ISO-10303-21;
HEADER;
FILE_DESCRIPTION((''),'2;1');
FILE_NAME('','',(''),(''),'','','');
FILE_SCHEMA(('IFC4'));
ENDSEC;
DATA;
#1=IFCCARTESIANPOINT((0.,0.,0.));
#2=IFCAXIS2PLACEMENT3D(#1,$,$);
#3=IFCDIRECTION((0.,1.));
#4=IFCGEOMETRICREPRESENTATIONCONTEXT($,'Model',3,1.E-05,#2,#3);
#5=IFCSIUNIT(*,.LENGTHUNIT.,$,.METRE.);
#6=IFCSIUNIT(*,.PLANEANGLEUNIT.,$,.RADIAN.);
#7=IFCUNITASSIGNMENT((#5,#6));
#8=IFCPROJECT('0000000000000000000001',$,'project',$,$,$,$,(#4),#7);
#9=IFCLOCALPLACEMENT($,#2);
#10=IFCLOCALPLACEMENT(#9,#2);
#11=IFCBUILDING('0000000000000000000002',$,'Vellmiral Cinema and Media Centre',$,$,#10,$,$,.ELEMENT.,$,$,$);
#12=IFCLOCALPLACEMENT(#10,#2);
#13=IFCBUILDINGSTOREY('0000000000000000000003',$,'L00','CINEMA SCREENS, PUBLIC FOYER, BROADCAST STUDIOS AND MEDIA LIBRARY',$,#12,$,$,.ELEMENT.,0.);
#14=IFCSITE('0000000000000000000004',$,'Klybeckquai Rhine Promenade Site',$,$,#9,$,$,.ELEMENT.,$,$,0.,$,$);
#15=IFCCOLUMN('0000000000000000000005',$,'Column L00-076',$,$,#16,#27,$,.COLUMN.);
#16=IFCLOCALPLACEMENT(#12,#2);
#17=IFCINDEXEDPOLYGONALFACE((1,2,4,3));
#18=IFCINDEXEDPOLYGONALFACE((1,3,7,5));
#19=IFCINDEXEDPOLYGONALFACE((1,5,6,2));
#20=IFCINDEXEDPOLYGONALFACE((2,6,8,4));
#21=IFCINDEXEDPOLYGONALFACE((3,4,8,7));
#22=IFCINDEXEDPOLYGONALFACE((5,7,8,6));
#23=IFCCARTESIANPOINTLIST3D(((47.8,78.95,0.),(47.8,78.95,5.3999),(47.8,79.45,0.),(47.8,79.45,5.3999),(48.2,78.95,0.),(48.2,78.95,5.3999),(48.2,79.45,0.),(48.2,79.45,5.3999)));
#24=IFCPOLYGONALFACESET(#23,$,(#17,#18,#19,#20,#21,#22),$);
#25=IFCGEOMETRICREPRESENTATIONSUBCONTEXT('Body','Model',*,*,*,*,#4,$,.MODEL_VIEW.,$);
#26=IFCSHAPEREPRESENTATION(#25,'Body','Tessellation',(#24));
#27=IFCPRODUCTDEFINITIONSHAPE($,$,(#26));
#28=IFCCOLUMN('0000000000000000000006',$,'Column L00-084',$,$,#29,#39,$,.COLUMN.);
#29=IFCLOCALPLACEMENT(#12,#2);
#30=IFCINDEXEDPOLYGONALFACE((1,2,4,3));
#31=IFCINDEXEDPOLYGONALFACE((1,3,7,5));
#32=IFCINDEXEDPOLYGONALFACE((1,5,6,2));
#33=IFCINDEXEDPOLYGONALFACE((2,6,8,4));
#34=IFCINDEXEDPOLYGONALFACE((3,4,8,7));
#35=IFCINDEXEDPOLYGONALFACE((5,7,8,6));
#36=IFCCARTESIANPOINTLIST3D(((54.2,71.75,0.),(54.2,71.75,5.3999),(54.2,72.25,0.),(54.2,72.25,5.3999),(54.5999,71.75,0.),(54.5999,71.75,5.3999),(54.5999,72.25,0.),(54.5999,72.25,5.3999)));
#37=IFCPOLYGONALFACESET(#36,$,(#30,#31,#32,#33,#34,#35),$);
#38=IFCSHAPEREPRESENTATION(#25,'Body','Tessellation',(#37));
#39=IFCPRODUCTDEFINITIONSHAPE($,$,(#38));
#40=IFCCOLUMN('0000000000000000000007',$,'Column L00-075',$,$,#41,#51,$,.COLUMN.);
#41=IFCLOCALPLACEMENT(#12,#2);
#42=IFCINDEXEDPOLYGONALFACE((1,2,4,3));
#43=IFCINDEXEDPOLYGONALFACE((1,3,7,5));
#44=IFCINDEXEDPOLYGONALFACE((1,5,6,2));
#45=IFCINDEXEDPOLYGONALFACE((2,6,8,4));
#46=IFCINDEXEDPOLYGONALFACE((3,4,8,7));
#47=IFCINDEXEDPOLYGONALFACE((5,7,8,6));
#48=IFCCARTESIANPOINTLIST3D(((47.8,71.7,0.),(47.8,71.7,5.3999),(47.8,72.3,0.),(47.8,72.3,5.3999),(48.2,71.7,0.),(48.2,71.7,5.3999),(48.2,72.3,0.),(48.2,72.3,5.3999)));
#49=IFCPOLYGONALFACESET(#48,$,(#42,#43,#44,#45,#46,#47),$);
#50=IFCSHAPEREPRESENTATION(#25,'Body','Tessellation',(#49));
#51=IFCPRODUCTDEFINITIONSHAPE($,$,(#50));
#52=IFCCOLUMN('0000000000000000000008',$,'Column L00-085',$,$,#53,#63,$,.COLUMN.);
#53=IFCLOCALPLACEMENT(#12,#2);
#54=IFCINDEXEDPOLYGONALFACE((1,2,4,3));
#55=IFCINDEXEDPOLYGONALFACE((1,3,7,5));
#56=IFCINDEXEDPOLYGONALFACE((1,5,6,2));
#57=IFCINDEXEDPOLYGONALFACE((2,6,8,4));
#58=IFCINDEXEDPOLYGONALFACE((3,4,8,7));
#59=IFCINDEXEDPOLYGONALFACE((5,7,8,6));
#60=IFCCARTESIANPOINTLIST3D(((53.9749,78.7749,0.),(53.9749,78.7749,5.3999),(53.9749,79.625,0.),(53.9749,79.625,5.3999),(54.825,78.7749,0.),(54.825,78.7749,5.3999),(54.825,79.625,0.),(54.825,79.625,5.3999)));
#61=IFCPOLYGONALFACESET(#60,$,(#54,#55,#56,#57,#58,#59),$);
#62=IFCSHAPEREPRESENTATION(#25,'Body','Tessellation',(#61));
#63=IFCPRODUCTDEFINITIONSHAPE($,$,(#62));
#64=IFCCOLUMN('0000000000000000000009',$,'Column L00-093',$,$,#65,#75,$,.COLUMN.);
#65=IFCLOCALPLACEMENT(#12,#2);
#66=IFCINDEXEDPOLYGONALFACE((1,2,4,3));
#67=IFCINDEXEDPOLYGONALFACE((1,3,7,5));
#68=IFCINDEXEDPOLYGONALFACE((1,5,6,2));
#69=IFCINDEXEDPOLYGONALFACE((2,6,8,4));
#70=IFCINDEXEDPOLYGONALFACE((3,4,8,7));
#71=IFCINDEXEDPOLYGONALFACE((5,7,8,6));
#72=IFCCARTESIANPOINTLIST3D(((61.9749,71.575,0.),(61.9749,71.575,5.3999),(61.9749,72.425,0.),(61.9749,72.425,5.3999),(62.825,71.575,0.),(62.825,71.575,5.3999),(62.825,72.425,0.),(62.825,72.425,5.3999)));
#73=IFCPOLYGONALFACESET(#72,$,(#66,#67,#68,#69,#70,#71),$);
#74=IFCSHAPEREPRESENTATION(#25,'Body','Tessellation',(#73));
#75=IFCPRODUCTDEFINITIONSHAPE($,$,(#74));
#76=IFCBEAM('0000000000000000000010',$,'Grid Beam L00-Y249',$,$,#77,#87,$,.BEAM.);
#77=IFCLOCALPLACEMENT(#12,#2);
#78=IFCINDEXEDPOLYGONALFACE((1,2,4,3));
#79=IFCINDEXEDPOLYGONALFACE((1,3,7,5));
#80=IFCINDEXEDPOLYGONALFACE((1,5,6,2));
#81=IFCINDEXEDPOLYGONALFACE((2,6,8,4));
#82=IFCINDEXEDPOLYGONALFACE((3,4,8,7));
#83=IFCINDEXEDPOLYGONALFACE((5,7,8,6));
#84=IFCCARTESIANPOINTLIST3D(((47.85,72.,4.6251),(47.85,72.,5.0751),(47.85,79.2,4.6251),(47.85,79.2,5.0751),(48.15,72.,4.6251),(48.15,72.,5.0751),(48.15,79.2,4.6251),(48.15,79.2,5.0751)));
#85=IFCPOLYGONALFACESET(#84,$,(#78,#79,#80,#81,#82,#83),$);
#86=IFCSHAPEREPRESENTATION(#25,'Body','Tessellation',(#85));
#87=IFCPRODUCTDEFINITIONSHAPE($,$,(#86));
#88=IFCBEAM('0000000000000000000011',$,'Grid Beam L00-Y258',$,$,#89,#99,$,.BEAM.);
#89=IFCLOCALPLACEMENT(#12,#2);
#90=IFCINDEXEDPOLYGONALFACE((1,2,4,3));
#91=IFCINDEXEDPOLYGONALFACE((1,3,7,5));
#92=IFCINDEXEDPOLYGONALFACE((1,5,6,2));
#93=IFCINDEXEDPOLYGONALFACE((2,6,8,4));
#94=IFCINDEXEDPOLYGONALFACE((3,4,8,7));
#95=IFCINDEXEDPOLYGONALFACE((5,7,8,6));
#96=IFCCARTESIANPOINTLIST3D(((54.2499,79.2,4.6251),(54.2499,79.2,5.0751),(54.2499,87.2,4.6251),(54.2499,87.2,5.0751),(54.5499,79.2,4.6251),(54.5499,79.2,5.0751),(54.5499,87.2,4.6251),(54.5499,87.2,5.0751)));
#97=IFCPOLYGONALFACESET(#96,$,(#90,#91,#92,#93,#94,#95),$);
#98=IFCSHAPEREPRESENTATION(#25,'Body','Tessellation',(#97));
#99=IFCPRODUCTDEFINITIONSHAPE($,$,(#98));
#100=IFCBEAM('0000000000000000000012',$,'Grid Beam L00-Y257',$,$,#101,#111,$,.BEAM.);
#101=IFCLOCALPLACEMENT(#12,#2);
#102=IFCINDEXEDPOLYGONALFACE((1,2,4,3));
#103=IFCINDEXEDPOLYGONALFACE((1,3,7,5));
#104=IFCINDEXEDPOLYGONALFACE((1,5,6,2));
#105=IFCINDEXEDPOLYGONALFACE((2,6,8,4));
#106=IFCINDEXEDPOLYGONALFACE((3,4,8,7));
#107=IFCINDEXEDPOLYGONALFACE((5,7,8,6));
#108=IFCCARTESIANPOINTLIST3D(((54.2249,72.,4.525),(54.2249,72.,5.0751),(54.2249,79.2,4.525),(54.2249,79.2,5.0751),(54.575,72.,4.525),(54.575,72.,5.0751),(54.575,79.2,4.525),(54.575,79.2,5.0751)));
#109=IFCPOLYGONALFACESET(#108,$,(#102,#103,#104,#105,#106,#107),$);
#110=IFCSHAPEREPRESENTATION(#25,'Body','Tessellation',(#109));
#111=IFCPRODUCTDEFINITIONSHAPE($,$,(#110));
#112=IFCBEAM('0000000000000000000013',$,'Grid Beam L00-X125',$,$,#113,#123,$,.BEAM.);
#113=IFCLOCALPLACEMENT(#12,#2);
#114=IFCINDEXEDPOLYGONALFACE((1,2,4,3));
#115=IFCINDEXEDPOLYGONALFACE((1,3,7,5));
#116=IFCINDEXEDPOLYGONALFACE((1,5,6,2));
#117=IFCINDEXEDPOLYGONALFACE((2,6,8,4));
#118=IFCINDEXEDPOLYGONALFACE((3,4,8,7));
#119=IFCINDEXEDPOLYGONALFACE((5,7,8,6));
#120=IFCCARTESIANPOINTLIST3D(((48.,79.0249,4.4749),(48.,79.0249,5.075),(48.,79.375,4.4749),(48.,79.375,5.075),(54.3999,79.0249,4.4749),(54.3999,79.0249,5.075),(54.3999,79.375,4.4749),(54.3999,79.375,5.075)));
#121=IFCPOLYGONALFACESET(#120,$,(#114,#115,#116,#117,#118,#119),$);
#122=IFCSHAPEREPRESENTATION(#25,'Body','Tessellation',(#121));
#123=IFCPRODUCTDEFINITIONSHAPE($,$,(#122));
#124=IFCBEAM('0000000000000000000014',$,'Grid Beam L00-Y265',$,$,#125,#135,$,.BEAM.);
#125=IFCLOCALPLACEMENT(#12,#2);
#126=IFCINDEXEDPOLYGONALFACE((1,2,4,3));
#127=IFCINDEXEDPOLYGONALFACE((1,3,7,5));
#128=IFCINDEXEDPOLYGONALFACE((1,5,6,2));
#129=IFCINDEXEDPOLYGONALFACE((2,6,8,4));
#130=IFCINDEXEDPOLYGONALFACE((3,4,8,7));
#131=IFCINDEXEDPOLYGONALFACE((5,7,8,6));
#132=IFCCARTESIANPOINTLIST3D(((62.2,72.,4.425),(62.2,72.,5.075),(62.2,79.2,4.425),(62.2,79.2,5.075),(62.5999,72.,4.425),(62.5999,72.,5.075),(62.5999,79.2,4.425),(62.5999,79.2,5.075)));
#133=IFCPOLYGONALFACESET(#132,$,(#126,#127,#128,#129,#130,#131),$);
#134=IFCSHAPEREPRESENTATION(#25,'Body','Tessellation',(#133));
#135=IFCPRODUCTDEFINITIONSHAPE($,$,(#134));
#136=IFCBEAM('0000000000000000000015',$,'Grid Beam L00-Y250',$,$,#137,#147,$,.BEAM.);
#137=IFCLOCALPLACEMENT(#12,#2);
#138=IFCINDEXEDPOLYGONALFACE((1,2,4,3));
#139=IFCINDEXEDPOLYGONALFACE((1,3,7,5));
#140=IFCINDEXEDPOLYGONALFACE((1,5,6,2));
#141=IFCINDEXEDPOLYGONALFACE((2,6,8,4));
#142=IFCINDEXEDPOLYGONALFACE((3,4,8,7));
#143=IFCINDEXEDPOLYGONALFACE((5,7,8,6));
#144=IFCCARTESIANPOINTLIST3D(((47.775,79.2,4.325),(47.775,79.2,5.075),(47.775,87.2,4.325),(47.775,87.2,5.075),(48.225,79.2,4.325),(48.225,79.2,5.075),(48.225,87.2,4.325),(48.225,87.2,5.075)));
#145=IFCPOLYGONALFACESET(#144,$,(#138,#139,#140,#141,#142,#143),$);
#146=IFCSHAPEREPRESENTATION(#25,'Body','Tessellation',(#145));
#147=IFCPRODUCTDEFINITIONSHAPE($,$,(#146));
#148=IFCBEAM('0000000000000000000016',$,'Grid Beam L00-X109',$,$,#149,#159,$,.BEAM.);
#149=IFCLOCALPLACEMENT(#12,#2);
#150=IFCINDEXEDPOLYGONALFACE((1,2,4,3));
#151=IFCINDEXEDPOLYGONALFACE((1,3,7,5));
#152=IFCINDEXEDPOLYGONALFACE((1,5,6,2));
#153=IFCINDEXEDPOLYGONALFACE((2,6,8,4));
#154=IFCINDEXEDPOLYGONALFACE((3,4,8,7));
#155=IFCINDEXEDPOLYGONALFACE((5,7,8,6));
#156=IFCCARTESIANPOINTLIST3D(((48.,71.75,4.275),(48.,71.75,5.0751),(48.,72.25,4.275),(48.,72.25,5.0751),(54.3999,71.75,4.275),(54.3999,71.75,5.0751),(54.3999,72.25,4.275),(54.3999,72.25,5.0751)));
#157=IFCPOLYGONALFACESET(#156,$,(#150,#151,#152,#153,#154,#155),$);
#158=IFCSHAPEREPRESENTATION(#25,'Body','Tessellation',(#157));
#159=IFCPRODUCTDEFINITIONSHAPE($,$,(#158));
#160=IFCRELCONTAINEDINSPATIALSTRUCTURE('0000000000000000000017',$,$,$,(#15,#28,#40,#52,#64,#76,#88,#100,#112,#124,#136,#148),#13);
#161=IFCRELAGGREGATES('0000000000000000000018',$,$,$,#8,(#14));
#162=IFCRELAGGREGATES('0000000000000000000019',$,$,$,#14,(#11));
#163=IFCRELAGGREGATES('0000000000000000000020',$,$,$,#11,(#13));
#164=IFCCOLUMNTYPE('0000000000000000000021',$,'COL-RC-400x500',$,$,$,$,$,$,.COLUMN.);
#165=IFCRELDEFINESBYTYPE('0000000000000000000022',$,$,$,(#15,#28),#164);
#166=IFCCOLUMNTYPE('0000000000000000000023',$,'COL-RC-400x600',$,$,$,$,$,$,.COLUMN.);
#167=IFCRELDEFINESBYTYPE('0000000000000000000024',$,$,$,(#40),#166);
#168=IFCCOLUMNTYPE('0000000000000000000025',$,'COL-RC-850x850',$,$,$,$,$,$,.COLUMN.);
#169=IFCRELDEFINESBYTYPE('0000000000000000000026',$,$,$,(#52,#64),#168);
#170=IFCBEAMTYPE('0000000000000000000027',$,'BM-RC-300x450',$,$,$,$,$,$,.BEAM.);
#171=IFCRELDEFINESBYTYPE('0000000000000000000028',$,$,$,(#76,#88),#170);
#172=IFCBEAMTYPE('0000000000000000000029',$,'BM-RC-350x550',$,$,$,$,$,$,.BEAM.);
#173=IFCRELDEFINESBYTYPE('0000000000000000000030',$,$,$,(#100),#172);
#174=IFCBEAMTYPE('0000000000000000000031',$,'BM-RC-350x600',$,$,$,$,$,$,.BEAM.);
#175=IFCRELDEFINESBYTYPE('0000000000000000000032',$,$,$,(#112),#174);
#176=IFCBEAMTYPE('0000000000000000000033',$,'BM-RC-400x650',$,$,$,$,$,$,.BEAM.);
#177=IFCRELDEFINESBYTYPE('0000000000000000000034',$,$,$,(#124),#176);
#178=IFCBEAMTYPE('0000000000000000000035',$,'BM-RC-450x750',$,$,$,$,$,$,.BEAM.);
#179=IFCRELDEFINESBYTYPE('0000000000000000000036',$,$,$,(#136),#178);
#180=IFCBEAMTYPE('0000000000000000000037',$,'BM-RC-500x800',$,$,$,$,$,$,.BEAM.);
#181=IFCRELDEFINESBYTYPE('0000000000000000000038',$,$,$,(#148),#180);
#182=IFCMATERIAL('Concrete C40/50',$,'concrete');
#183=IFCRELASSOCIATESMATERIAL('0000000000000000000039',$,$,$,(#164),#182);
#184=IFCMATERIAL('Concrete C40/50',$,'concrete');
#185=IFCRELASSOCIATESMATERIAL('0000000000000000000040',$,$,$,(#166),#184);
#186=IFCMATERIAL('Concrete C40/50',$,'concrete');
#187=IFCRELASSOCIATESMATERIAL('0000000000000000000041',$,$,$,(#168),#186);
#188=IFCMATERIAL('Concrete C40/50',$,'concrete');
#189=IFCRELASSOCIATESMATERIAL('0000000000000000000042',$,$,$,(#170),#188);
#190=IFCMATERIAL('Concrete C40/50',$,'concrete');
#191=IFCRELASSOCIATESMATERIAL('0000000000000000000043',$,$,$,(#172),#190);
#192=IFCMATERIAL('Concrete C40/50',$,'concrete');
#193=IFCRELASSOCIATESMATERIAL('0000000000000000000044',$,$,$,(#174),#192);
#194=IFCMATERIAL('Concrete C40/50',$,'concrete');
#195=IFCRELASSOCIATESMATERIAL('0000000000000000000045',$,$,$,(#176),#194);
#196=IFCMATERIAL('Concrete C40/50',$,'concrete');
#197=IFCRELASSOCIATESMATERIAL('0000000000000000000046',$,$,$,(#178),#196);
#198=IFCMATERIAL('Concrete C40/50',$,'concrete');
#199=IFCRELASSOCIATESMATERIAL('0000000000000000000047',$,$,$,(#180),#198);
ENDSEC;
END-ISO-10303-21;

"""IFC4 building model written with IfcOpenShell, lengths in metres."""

from ifc_helpers import new_model, si_unit, direction, frame, origin, origin_2d, place, context, subcontext, project, spatial, rectangle, extrude, material, material_profile, profile_set, type_object, element, save


model = new_model("IFC4")

# Units and contexts
model_context = context("Model", 3, precision=1e-05, world=origin(), true_north=direction((0.0, 1.0)))
body_context = subcontext(model_context, "Body", "Model", "MODEL_VIEW")
ifc_project = project(units=[si_unit("LENGTHUNIT", "METRE"), si_unit("PLANEANGLEUNIT", "RADIAN")], contexts=[model_context])

# Site, building, storey
site_placement = place(None, origin())
site = spatial("IfcSite", under=ifc_project, at=site_placement, Name="Klybeckquai Rhine Promenade Site", CompositionType="ELEMENT", RefElevation=0.0)
building_placement = place(site_placement, origin())
building = spatial("IfcBuilding", under=site, at=building_placement, Name="Vellmiral Cinema and Media Centre", CompositionType="ELEMENT")
storey_placement = place(building_placement, origin())
storey = spatial("IfcBuildingStorey", under=building, at=storey_placement, Name="L00", Description="CINEMA SCREENS, PUBLIC FOYER, BROADCAST STUDIOS AND MEDIA LIBRARY", CompositionType="ELEMENT", Elevation=0.0)

# Columns
ifc_material_1 = material(Name="Concrete C40/50", Category="concrete")
ifc_material_profile_1 = material_profile(ifc_material_1, rectangle(XDim=0.3999, YDim=0.5, at=origin_2d()), Name="RC 400x500")
ifc_profile_set_1 = profile_set([ifc_material_profile_1], Name="Concrete C40/50")
column_type_1 = type_object("IfcColumnType", Name="COL-RC-400x500", PredefinedType="COLUMN", material=ifc_profile_set_1)
for number, where, z_axis, x_axis, name in (
    (1, (48.0, 79.2, 0.0), (0.0, 0.0, 1.0), (1.0, 0.0, 0.0), "Column L00-076"),
    (2, (54.3999, 72.0, 0.0), (0.0, 0.0, 1.0), (1.0, 0.0, 0.0), "Column L00-084"),
):
    element("IfcColumn", number, at=place(storey_placement, frame(where, z_axis=z_axis, x_axis=x_axis)), inside=storey, type_object=column_type_1, Name=name, PredefinedType="COLUMN", context=body_context, shape_type="SweptSolid", body=[
        extrude(rectangle(XDim=0.3999, YDim=0.5, at=origin_2d()), origin(), (0.0, 0.0, 1.0), 5.3999),
    ])
ifc_material_2 = material(Name="Concrete C40/50", Category="concrete")
ifc_material_profile_2 = material_profile(ifc_material_2, rectangle(XDim=0.3999, YDim=0.6001, at=origin_2d()), Name="RC 400x600")
ifc_profile_set_2 = profile_set([ifc_material_profile_2], Name="Concrete C40/50")
column_type_2 = type_object("IfcColumnType", Name="COL-RC-400x600", PredefinedType="COLUMN", material=ifc_profile_set_2)
column_placement = place(storey_placement, frame((48.0, 72.0, 0.0), z_axis=(0.0, 0.0, 1.0), x_axis=(1.0, 0.0, 0.0)))
element("IfcColumn", 3, at=column_placement, inside=storey, type_object=column_type_2, Name="Column L00-075", PredefinedType="COLUMN", context=body_context, shape_type="SweptSolid", body=[
    extrude(rectangle(XDim=0.3999, YDim=0.6001, at=origin_2d()), origin(), (0.0, 0.0, 1.0), 5.3999),
])
ifc_material_3 = material(Name="Concrete C40/50", Category="concrete")
ifc_material_profile_3 = material_profile(ifc_material_3, rectangle(XDim=0.8501, YDim=0.8501, at=origin_2d()), Name="RC 850x850")
ifc_profile_set_3 = profile_set([ifc_material_profile_3], Name="Concrete C40/50")
column_type_3 = type_object("IfcColumnType", Name="COL-RC-850x850", PredefinedType="COLUMN", material=ifc_profile_set_3)
for number, where, z_axis, x_axis, name in (
    (4, (54.3999, 79.2, 0.0), (0.0, 0.0, 1.0), (1.0, 0.0, 0.0), "Column L00-085"),
    (5, (62.3999, 72.0, 0.0), (0.0, 0.0, 1.0), (1.0, 0.0, 0.0), "Column L00-093"),
):
    element("IfcColumn", number, at=place(storey_placement, frame(where, z_axis=z_axis, x_axis=x_axis)), inside=storey, type_object=column_type_3, Name=name, PredefinedType="COLUMN", context=body_context, shape_type="SweptSolid", body=[
        extrude(rectangle(XDim=0.8501, YDim=0.8501, at=origin_2d()), origin(), (0.0, 0.0, 1.0), 5.3999),
    ])

# Beams
ifc_material_4 = material(Name="Concrete C40/50", Category="concrete")
ifc_material_profile_4 = material_profile(ifc_material_4, rectangle(XDim=0.3, YDim=0.45, at=origin_2d()), Name="RC 300x450")
ifc_profile_set_4 = profile_set([ifc_material_profile_4], Name="Concrete C40/50")
beam_type_1 = type_object("IfcBeamType", Name="BM-RC-300x450", PredefinedType="BEAM", material=ifc_profile_set_4)
beam_1_placement = place(storey_placement, frame((48.0, 72.0, 4.8501), z_axis=(0.0, 1.0, 0.0), x_axis=(-1.0, 0.0, 0.0)))
element("IfcBeam", 6, at=beam_1_placement, inside=storey, type_object=beam_type_1, Name="Grid Beam L00-Y249", PredefinedType="BEAM", context=body_context, shape_type="SweptSolid", body=[
    extrude(rectangle(XDim=0.3, YDim=0.45, at=origin_2d()), origin(), (0.0, 0.0, 1.0), 7.2),
])
beam_2_placement = place(storey_placement, frame((54.3999, 79.2, 4.8501), z_axis=(0.0, 1.0, 0.0), x_axis=(-1.0, 0.0, 0.0)))
element("IfcBeam", 7, at=beam_2_placement, inside=storey, type_object=beam_type_1, Name="Grid Beam L00-Y258", PredefinedType="BEAM", context=body_context, shape_type="SweptSolid", body=[
    extrude(rectangle(XDim=0.3, YDim=0.45, at=origin_2d()), origin(), (0.0, 0.0, 1.0), 8.0),
])
ifc_material_5 = material(Name="Concrete C40/50", Category="concrete")
ifc_material_profile_5 = material_profile(ifc_material_5, rectangle(XDim=0.3501, YDim=0.55, at=origin_2d()), Name="RC 350x550")
ifc_profile_set_5 = profile_set([ifc_material_profile_5], Name="Concrete C40/50")
beam_type_2 = type_object("IfcBeamType", Name="BM-RC-350x550", PredefinedType="BEAM", material=ifc_profile_set_5)
beam_3_placement = place(storey_placement, frame((54.3999, 72.0, 4.8), z_axis=(0.0, 1.0, 0.0), x_axis=(-1.0, 0.0, 0.0)))
element("IfcBeam", 8, at=beam_3_placement, inside=storey, type_object=beam_type_2, Name="Grid Beam L00-Y257", PredefinedType="BEAM", context=body_context, shape_type="SweptSolid", body=[
    extrude(rectangle(XDim=0.3501, YDim=0.55, at=origin_2d()), origin(), (0.0, 0.0, 1.0), 7.2),
])
ifc_material_6 = material(Name="Concrete C40/50", Category="concrete")
ifc_material_profile_6 = material_profile(ifc_material_6, rectangle(XDim=0.3501, YDim=0.6001, at=origin_2d()), Name="RC 350x600")
ifc_profile_set_6 = profile_set([ifc_material_profile_6], Name="Concrete C40/50")
beam_type_3 = type_object("IfcBeamType", Name="BM-RC-350x600", PredefinedType="BEAM", material=ifc_profile_set_6)
beam_4_placement = place(storey_placement, frame((48.0, 79.2, 4.7749), z_axis=(1.0, 0.0, 0.0), x_axis=(0.0, 1.0, 0.0)))
element("IfcBeam", 9, at=beam_4_placement, inside=storey, type_object=beam_type_3, Name="Grid Beam L00-X125", PredefinedType="BEAM", context=body_context, shape_type="SweptSolid", body=[
    extrude(rectangle(XDim=0.3501, YDim=0.6001, at=origin_2d()), origin(), (0.0, 0.0, 1.0), 6.3999),
])
ifc_material_7 = material(Name="Concrete C40/50", Category="concrete")
ifc_material_profile_7 = material_profile(ifc_material_7, rectangle(XDim=0.3999, YDim=0.6499, at=origin_2d()), Name="RC 400x650")
ifc_profile_set_7 = profile_set([ifc_material_profile_7], Name="Concrete C40/50")
beam_type_4 = type_object("IfcBeamType", Name="BM-RC-400x650", PredefinedType="BEAM", material=ifc_profile_set_7)
beam_5_placement = place(storey_placement, frame((62.3999, 72.0, 4.75), z_axis=(0.0, 1.0, 0.0), x_axis=(-1.0, 0.0, 0.0)))
element("IfcBeam", 10, at=beam_5_placement, inside=storey, type_object=beam_type_4, Name="Grid Beam L00-Y265", PredefinedType="BEAM", context=body_context, shape_type="SweptSolid", body=[
    extrude(rectangle(XDim=0.3999, YDim=0.6499, at=origin_2d()), origin(), (0.0, 0.0, 1.0), 7.2),
])
ifc_material_8 = material(Name="Concrete C40/50", Category="concrete")
ifc_material_profile_8 = material_profile(ifc_material_8, rectangle(XDim=0.45, YDim=0.75, at=origin_2d()), Name="RC 450x750")
ifc_profile_set_8 = profile_set([ifc_material_profile_8], Name="Concrete C40/50")
beam_type_5 = type_object("IfcBeamType", Name="BM-RC-450x750", PredefinedType="BEAM", material=ifc_profile_set_8)
beam_6_placement = place(storey_placement, frame((48.0, 79.2, 4.7), z_axis=(0.0, 1.0, 0.0), x_axis=(-1.0, 0.0, 0.0)))
element("IfcBeam", 11, at=beam_6_placement, inside=storey, type_object=beam_type_5, Name="Grid Beam L00-Y250", PredefinedType="BEAM", context=body_context, shape_type="SweptSolid", body=[
    extrude(rectangle(XDim=0.45, YDim=0.75, at=origin_2d()), origin(), (0.0, 0.0, 1.0), 8.0),
])
ifc_material_9 = material(Name="Concrete C40/50", Category="concrete")
ifc_material_profile_9 = material_profile(ifc_material_9, rectangle(XDim=0.5, YDim=0.8, at=origin_2d()), Name="RC 500x800")
ifc_profile_set_9 = profile_set([ifc_material_profile_9], Name="Concrete C40/50")
beam_type_6 = type_object("IfcBeamType", Name="BM-RC-500x800", PredefinedType="BEAM", material=ifc_profile_set_9)
beam_7_placement = place(storey_placement, frame((48.0, 72.0, 4.675), z_axis=(1.0, 0.0, 0.0), x_axis=(0.0, 1.0, 0.0)))
element("IfcBeam", 12, at=beam_7_placement, inside=storey, type_object=beam_type_6, Name="Grid Beam L00-X109", PredefinedType="BEAM", context=body_context, shape_type="SweptSolid", body=[
    extrude(rectangle(XDim=0.5, YDim=0.8, at=origin_2d()), origin(), (0.0, 0.0, 1.0), 6.3999),
])

save(model, "model.ifc")
